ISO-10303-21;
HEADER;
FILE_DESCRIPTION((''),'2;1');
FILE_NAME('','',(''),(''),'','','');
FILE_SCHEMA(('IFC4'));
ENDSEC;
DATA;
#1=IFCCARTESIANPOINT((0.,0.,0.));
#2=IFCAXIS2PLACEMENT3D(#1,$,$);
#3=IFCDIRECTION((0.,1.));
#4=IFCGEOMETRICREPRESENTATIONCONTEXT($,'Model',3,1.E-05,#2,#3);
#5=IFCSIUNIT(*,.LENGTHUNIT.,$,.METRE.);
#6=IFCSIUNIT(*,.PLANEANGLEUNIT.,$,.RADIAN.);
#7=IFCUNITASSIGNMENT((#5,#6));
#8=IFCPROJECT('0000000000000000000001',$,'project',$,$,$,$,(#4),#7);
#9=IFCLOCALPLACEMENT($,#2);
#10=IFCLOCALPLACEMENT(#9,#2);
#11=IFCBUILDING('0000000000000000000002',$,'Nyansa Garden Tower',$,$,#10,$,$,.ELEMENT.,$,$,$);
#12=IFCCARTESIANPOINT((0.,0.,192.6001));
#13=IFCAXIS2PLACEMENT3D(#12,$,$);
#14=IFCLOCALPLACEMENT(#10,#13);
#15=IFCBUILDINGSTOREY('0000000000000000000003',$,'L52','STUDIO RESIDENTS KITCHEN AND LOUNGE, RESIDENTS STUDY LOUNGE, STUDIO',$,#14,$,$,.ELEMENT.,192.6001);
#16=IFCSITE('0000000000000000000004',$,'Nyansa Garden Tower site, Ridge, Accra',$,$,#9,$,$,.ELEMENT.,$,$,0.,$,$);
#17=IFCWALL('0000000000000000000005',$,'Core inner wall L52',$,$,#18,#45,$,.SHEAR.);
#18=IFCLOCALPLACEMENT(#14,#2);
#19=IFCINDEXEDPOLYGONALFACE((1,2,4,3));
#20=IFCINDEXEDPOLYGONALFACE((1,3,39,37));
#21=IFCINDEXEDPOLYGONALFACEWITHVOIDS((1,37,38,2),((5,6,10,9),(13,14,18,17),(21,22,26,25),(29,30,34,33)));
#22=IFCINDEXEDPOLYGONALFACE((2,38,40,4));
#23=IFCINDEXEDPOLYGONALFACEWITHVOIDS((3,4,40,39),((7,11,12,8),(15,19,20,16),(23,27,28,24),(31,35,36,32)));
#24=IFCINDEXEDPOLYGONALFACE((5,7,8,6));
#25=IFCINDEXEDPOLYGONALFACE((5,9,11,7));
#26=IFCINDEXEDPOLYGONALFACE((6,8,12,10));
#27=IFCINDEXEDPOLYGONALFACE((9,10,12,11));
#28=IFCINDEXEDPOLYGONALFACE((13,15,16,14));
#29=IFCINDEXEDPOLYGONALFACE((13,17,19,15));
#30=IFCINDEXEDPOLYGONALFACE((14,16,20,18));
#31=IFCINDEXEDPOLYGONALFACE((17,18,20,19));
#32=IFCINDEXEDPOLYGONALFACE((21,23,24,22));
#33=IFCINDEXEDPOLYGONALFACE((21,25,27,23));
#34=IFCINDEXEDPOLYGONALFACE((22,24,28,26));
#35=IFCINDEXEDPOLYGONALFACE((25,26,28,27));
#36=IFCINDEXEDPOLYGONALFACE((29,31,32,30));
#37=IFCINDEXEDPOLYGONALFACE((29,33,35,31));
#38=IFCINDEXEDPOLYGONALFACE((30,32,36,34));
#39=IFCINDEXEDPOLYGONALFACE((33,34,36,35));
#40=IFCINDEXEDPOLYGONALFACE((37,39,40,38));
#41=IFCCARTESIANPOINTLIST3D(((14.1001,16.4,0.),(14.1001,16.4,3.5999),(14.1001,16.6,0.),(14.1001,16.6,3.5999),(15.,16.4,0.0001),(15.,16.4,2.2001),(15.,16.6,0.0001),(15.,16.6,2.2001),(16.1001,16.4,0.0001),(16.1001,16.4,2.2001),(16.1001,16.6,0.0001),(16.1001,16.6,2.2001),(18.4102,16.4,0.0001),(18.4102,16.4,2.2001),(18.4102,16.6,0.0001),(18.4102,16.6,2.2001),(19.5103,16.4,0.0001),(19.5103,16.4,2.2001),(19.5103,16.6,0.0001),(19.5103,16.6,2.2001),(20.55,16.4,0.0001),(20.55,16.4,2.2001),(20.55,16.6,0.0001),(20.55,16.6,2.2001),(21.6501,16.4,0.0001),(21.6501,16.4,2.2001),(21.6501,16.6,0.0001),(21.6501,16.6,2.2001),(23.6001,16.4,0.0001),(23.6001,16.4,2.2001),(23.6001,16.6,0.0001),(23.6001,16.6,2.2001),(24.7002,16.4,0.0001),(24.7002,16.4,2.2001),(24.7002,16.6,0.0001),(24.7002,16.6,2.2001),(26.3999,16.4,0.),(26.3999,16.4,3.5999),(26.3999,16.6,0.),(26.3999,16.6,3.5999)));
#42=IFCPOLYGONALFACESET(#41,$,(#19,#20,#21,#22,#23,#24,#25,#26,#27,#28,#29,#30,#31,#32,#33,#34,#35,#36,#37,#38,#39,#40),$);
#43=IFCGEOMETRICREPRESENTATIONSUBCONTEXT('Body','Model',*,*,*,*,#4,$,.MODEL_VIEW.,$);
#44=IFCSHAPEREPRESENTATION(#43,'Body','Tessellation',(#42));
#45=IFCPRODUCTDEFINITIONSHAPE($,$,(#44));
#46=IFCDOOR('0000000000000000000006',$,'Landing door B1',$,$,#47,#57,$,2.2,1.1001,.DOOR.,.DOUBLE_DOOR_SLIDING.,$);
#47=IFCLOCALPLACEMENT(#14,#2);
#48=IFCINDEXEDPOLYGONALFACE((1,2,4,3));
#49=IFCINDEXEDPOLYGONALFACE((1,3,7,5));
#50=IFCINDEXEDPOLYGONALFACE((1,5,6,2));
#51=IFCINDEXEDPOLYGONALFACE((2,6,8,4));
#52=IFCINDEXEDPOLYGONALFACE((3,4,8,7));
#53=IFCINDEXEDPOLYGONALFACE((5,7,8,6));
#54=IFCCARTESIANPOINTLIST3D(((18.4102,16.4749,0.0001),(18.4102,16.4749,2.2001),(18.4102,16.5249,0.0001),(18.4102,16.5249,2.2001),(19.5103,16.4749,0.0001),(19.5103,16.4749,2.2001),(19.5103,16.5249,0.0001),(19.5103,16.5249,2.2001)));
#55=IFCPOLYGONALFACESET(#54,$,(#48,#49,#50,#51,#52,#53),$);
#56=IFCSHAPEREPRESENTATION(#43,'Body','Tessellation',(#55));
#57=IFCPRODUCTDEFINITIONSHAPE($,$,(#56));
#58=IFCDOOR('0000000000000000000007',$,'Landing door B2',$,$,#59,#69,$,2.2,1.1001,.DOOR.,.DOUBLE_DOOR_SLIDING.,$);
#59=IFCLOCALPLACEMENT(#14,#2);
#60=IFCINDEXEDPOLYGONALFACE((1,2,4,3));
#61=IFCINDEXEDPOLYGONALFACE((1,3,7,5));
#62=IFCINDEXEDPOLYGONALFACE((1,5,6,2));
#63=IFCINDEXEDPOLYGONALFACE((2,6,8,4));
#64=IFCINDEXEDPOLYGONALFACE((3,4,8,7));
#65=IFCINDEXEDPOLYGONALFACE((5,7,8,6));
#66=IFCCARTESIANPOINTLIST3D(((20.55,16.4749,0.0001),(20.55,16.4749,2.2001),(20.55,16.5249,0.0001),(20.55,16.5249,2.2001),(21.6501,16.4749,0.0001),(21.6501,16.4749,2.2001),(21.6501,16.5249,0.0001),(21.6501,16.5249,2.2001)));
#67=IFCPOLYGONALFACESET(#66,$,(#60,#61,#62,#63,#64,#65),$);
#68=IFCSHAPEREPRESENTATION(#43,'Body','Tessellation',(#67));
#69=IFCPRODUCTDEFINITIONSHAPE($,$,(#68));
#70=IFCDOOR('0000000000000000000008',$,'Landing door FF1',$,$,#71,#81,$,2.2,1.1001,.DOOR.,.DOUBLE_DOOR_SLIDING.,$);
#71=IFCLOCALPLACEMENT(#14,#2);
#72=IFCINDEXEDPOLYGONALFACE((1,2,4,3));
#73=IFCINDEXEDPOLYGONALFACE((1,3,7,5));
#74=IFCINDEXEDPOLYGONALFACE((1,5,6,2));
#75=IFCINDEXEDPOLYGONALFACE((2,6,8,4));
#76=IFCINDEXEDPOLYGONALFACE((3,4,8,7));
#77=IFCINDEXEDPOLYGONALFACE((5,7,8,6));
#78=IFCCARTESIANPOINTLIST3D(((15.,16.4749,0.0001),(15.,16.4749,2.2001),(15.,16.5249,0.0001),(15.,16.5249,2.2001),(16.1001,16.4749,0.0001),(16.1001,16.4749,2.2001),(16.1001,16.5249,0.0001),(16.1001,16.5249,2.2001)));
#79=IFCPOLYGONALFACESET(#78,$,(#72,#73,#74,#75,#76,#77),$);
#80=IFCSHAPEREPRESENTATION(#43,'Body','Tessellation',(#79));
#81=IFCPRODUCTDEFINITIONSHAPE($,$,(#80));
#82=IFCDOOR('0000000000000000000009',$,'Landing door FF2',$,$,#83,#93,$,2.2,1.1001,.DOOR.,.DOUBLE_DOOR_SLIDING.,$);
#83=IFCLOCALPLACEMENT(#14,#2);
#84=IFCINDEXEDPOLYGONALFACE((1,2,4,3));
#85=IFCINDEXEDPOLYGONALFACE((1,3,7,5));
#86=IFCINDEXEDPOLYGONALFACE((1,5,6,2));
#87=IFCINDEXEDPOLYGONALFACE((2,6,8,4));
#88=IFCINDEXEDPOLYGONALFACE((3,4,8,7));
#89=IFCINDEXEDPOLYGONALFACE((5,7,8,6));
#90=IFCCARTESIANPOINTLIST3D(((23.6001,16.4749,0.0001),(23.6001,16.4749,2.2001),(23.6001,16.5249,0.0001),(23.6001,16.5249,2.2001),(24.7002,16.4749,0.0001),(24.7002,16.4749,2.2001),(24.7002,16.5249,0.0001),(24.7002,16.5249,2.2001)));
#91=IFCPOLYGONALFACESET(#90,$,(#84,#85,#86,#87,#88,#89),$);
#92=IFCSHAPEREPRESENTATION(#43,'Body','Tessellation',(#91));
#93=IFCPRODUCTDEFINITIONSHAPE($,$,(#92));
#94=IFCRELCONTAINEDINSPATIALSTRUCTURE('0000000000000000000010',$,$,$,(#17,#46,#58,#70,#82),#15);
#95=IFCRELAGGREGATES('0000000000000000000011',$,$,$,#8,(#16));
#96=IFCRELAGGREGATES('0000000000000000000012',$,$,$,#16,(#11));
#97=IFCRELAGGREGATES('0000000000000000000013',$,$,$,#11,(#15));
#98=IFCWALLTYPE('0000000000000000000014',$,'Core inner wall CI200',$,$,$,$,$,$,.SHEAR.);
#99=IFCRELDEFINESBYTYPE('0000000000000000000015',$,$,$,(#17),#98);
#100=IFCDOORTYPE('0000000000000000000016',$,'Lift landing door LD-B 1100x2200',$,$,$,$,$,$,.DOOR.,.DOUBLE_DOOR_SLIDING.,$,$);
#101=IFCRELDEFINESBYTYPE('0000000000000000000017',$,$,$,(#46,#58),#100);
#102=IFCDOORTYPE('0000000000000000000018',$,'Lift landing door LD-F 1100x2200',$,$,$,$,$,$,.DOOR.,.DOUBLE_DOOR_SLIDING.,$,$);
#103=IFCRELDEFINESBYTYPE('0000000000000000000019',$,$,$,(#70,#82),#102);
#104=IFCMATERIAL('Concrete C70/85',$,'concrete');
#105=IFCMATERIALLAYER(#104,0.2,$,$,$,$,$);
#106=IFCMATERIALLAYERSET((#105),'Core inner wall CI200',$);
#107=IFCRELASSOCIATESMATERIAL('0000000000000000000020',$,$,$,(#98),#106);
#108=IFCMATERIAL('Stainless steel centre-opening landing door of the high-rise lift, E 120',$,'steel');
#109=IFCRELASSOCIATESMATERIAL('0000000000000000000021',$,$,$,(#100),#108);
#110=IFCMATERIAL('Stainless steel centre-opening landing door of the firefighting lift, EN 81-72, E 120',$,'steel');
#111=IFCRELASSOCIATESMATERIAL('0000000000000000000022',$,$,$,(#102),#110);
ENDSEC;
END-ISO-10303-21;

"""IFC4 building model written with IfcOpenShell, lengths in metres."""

from ifc_helpers import new_model, si_unit, direction, frame, frame_2d, origin, place, context, subcontext, project, spatial, rectangle, extrude, material, layer, layer_set, type_object, element, fill, save


model = new_model("IFC4")

# Units and contexts
model_context = context("Model", 3, precision=1e-05, world=origin(), true_north=direction((0.0, 1.0)))
body_context = subcontext(model_context, "Body", "Model", "MODEL_VIEW")
ifc_project = project(units=[si_unit("LENGTHUNIT", "METRE"), si_unit("PLANEANGLEUNIT", "RADIAN")], contexts=[model_context])

# Site, building, storey
site_placement = place(None, origin())
site = spatial("IfcSite", under=ifc_project, at=site_placement, Name="Nyansa Garden Tower site, Ridge, Accra", CompositionType="ELEMENT", RefElevation=0.0)
building_placement = place(site_placement, origin())
building = spatial("IfcBuilding", under=site, at=building_placement, Name="Nyansa Garden Tower", CompositionType="ELEMENT")
storey_placement = place(building_placement, frame((0.0, 0.0, 192.6001)))
storey = spatial("IfcBuildingStorey", under=building, at=storey_placement, Name="L52", Description="STUDIO RESIDENTS KITCHEN AND LOUNGE, RESIDENTS STUDY LOUNGE, STUDIO", CompositionType="ELEMENT", Elevation=192.6001)

# Wall, openings, doors
ifc_material_1 = material(Name="Concrete C70/85", Category="concrete")
ifc_layer_1 = layer(ifc_material_1, 0.2)
ifc_layer_set_1 = layer_set([ifc_layer_1], Name="Core inner wall CI200")
wall_type_1 = type_object("IfcWallType", Name="Core inner wall CI200", PredefinedType="SHEAR", material=ifc_layer_set_1)
wall_1_placement = place(storey_placement, frame((14.1001, 16.5, 0.0), z_axis=(0.0, 0.0, 1.0), x_axis=(1.0, 0.0, 0.0)))
wall_1 = element("IfcWall", 1, at=wall_1_placement, inside=storey, type_object=wall_type_1, Name="Core inner wall L52", PredefinedType="SHEAR", context=body_context, shape_type="SweptSolid", body=[
    extrude(rectangle(XDim=12.2998, YDim=0.2, at=frame_2d((6.1499, 0.0))), origin(), (0.0, 0.0, 1.0), 3.5999),
])
opening_1_placement = place(wall_1_placement, frame((0.8999, 0.0, 0.0)))
opening_1 = element("IfcOpeningElement", 2, at=opening_1_placement, cuts=wall_1, PredefinedType="OPENING", context=body_context, shape_type="SweptSolid", body=[
    extrude(rectangle(XDim=1.1001, YDim=2.2, at=frame_2d((0.55, 1.1001))), frame((0.0, 0.1099, 0.0), z_axis=(0.0, -1.0, 0.0), x_axis=(1.0, 0.0, 0.0)), (0.0, 0.0, 1.0), 0.22),
])
opening_2_placement = place(wall_1_placement, frame((4.3101, 0.0, 0.0)))
opening_2 = element("IfcOpeningElement", 3, at=opening_2_placement, cuts=wall_1, PredefinedType="OPENING", context=body_context, shape_type="SweptSolid", body=[
    extrude(rectangle(XDim=1.1001, YDim=2.2, at=frame_2d((0.55, 1.1001))), frame((0.0, 0.1099, 0.0), z_axis=(0.0, -1.0, 0.0), x_axis=(1.0, 0.0, 0.0)), (0.0, 0.0, 1.0), 0.22),
])
opening_3_placement = place(wall_1_placement, frame((6.45, 0.0, 0.0)))
opening_3 = element("IfcOpeningElement", 4, at=opening_3_placement, cuts=wall_1, PredefinedType="OPENING", context=body_context, shape_type="SweptSolid", body=[
    extrude(rectangle(XDim=1.1001, YDim=2.2, at=frame_2d((0.55, 1.1001))), frame((0.0, 0.1099, 0.0), z_axis=(0.0, -1.0, 0.0), x_axis=(1.0, 0.0, 0.0)), (0.0, 0.0, 1.0), 0.22),
])
opening_4_placement = place(wall_1_placement, frame((9.5, 0.0, 0.0)))
opening_4 = element("IfcOpeningElement", 5, at=opening_4_placement, cuts=wall_1, PredefinedType="OPENING", context=body_context, shape_type="SweptSolid", body=[
    extrude(rectangle(XDim=1.1001, YDim=2.2, at=frame_2d((0.55, 1.1001))), frame((0.0, 0.1099, 0.0), z_axis=(0.0, -1.0, 0.0), x_axis=(1.0, 0.0, 0.0)), (0.0, 0.0, 1.0), 0.22),
])
ifc_material_2 = material(Name="Stainless steel centre-opening landing door of the high-rise lift, E 120", Category="steel")
door_type_1 = type_object("IfcDoorType", Name="Lift landing door LD-B 1100x2200", OperationType="DOUBLE_DOOR_SLIDING", PredefinedType="DOOR", material=ifc_material_2)
door_1_placement = place(opening_2_placement, origin())
door_1 = element("IfcDoor", 6, at=door_1_placement, inside=storey, type_object=door_type_1, Name="Landing door B1", OperationType="DOUBLE_DOOR_SLIDING", OverallHeight=2.2, OverallWidth=1.1001, PredefinedType="DOOR", context=body_context, shape_type="SweptSolid", body=[
    extrude(rectangle(XDim=1.1001, YDim=2.2, at=frame_2d((0.55, 1.1001))), frame((0.0, 0.0249, 0.0), z_axis=(0.0, -1.0, 0.0), x_axis=(1.0, 0.0, 0.0)), (0.0, 0.0, 1.0), 0.05),
])
fill(opening_2, door_1)
door_2_placement = place(opening_3_placement, origin())
door_2 = element("IfcDoor", 7, at=door_2_placement, inside=storey, type_object=door_type_1, Name="Landing door B2", OperationType="DOUBLE_DOOR_SLIDING", OverallHeight=2.2, OverallWidth=1.1001, PredefinedType="DOOR", context=body_context, shape_type="SweptSolid", body=[
    extrude(rectangle(XDim=1.1001, YDim=2.2, at=frame_2d((0.55, 1.1001))), frame((0.0, 0.0249, 0.0), z_axis=(0.0, -1.0, 0.0), x_axis=(1.0, 0.0, 0.0)), (0.0, 0.0, 1.0), 0.05),
])
fill(opening_3, door_2)
ifc_material_3 = material(Name="Stainless steel centre-opening landing door of the firefighting lift, EN 81-72, E 120", Category="steel")
door_type_2 = type_object("IfcDoorType", Name="Lift landing door LD-F 1100x2200", OperationType="DOUBLE_DOOR_SLIDING", PredefinedType="DOOR", material=ifc_material_3)
door_3_placement = place(opening_1_placement, origin())
door_3 = element("IfcDoor", 8, at=door_3_placement, inside=storey, type_object=door_type_2, Name="Landing door FF1", OperationType="DOUBLE_DOOR_SLIDING", OverallHeight=2.2, OverallWidth=1.1001, PredefinedType="DOOR", context=body_context, shape_type="SweptSolid", body=[
    extrude(rectangle(XDim=1.1001, YDim=2.2, at=frame_2d((0.55, 1.1001))), frame((0.0, 0.0249, 0.0), z_axis=(0.0, -1.0, 0.0), x_axis=(1.0, 0.0, 0.0)), (0.0, 0.0, 1.0), 0.05),
])
fill(opening_1, door_3)
door_4_placement = place(opening_4_placement, origin())
door_4 = element("IfcDoor", 9, at=door_4_placement, inside=storey, type_object=door_type_2, Name="Landing door FF2", OperationType="DOUBLE_DOOR_SLIDING", OverallHeight=2.2, OverallWidth=1.1001, PredefinedType="DOOR", context=body_context, shape_type="SweptSolid", body=[
    extrude(rectangle(XDim=1.1001, YDim=2.2, at=frame_2d((0.55, 1.1001))), frame((0.0, 0.0249, 0.0), z_axis=(0.0, -1.0, 0.0), x_axis=(1.0, 0.0, 0.0)), (0.0, 0.0, 1.0), 0.05),
])
fill(opening_4, door_4)

save(model, "model.ifc")
